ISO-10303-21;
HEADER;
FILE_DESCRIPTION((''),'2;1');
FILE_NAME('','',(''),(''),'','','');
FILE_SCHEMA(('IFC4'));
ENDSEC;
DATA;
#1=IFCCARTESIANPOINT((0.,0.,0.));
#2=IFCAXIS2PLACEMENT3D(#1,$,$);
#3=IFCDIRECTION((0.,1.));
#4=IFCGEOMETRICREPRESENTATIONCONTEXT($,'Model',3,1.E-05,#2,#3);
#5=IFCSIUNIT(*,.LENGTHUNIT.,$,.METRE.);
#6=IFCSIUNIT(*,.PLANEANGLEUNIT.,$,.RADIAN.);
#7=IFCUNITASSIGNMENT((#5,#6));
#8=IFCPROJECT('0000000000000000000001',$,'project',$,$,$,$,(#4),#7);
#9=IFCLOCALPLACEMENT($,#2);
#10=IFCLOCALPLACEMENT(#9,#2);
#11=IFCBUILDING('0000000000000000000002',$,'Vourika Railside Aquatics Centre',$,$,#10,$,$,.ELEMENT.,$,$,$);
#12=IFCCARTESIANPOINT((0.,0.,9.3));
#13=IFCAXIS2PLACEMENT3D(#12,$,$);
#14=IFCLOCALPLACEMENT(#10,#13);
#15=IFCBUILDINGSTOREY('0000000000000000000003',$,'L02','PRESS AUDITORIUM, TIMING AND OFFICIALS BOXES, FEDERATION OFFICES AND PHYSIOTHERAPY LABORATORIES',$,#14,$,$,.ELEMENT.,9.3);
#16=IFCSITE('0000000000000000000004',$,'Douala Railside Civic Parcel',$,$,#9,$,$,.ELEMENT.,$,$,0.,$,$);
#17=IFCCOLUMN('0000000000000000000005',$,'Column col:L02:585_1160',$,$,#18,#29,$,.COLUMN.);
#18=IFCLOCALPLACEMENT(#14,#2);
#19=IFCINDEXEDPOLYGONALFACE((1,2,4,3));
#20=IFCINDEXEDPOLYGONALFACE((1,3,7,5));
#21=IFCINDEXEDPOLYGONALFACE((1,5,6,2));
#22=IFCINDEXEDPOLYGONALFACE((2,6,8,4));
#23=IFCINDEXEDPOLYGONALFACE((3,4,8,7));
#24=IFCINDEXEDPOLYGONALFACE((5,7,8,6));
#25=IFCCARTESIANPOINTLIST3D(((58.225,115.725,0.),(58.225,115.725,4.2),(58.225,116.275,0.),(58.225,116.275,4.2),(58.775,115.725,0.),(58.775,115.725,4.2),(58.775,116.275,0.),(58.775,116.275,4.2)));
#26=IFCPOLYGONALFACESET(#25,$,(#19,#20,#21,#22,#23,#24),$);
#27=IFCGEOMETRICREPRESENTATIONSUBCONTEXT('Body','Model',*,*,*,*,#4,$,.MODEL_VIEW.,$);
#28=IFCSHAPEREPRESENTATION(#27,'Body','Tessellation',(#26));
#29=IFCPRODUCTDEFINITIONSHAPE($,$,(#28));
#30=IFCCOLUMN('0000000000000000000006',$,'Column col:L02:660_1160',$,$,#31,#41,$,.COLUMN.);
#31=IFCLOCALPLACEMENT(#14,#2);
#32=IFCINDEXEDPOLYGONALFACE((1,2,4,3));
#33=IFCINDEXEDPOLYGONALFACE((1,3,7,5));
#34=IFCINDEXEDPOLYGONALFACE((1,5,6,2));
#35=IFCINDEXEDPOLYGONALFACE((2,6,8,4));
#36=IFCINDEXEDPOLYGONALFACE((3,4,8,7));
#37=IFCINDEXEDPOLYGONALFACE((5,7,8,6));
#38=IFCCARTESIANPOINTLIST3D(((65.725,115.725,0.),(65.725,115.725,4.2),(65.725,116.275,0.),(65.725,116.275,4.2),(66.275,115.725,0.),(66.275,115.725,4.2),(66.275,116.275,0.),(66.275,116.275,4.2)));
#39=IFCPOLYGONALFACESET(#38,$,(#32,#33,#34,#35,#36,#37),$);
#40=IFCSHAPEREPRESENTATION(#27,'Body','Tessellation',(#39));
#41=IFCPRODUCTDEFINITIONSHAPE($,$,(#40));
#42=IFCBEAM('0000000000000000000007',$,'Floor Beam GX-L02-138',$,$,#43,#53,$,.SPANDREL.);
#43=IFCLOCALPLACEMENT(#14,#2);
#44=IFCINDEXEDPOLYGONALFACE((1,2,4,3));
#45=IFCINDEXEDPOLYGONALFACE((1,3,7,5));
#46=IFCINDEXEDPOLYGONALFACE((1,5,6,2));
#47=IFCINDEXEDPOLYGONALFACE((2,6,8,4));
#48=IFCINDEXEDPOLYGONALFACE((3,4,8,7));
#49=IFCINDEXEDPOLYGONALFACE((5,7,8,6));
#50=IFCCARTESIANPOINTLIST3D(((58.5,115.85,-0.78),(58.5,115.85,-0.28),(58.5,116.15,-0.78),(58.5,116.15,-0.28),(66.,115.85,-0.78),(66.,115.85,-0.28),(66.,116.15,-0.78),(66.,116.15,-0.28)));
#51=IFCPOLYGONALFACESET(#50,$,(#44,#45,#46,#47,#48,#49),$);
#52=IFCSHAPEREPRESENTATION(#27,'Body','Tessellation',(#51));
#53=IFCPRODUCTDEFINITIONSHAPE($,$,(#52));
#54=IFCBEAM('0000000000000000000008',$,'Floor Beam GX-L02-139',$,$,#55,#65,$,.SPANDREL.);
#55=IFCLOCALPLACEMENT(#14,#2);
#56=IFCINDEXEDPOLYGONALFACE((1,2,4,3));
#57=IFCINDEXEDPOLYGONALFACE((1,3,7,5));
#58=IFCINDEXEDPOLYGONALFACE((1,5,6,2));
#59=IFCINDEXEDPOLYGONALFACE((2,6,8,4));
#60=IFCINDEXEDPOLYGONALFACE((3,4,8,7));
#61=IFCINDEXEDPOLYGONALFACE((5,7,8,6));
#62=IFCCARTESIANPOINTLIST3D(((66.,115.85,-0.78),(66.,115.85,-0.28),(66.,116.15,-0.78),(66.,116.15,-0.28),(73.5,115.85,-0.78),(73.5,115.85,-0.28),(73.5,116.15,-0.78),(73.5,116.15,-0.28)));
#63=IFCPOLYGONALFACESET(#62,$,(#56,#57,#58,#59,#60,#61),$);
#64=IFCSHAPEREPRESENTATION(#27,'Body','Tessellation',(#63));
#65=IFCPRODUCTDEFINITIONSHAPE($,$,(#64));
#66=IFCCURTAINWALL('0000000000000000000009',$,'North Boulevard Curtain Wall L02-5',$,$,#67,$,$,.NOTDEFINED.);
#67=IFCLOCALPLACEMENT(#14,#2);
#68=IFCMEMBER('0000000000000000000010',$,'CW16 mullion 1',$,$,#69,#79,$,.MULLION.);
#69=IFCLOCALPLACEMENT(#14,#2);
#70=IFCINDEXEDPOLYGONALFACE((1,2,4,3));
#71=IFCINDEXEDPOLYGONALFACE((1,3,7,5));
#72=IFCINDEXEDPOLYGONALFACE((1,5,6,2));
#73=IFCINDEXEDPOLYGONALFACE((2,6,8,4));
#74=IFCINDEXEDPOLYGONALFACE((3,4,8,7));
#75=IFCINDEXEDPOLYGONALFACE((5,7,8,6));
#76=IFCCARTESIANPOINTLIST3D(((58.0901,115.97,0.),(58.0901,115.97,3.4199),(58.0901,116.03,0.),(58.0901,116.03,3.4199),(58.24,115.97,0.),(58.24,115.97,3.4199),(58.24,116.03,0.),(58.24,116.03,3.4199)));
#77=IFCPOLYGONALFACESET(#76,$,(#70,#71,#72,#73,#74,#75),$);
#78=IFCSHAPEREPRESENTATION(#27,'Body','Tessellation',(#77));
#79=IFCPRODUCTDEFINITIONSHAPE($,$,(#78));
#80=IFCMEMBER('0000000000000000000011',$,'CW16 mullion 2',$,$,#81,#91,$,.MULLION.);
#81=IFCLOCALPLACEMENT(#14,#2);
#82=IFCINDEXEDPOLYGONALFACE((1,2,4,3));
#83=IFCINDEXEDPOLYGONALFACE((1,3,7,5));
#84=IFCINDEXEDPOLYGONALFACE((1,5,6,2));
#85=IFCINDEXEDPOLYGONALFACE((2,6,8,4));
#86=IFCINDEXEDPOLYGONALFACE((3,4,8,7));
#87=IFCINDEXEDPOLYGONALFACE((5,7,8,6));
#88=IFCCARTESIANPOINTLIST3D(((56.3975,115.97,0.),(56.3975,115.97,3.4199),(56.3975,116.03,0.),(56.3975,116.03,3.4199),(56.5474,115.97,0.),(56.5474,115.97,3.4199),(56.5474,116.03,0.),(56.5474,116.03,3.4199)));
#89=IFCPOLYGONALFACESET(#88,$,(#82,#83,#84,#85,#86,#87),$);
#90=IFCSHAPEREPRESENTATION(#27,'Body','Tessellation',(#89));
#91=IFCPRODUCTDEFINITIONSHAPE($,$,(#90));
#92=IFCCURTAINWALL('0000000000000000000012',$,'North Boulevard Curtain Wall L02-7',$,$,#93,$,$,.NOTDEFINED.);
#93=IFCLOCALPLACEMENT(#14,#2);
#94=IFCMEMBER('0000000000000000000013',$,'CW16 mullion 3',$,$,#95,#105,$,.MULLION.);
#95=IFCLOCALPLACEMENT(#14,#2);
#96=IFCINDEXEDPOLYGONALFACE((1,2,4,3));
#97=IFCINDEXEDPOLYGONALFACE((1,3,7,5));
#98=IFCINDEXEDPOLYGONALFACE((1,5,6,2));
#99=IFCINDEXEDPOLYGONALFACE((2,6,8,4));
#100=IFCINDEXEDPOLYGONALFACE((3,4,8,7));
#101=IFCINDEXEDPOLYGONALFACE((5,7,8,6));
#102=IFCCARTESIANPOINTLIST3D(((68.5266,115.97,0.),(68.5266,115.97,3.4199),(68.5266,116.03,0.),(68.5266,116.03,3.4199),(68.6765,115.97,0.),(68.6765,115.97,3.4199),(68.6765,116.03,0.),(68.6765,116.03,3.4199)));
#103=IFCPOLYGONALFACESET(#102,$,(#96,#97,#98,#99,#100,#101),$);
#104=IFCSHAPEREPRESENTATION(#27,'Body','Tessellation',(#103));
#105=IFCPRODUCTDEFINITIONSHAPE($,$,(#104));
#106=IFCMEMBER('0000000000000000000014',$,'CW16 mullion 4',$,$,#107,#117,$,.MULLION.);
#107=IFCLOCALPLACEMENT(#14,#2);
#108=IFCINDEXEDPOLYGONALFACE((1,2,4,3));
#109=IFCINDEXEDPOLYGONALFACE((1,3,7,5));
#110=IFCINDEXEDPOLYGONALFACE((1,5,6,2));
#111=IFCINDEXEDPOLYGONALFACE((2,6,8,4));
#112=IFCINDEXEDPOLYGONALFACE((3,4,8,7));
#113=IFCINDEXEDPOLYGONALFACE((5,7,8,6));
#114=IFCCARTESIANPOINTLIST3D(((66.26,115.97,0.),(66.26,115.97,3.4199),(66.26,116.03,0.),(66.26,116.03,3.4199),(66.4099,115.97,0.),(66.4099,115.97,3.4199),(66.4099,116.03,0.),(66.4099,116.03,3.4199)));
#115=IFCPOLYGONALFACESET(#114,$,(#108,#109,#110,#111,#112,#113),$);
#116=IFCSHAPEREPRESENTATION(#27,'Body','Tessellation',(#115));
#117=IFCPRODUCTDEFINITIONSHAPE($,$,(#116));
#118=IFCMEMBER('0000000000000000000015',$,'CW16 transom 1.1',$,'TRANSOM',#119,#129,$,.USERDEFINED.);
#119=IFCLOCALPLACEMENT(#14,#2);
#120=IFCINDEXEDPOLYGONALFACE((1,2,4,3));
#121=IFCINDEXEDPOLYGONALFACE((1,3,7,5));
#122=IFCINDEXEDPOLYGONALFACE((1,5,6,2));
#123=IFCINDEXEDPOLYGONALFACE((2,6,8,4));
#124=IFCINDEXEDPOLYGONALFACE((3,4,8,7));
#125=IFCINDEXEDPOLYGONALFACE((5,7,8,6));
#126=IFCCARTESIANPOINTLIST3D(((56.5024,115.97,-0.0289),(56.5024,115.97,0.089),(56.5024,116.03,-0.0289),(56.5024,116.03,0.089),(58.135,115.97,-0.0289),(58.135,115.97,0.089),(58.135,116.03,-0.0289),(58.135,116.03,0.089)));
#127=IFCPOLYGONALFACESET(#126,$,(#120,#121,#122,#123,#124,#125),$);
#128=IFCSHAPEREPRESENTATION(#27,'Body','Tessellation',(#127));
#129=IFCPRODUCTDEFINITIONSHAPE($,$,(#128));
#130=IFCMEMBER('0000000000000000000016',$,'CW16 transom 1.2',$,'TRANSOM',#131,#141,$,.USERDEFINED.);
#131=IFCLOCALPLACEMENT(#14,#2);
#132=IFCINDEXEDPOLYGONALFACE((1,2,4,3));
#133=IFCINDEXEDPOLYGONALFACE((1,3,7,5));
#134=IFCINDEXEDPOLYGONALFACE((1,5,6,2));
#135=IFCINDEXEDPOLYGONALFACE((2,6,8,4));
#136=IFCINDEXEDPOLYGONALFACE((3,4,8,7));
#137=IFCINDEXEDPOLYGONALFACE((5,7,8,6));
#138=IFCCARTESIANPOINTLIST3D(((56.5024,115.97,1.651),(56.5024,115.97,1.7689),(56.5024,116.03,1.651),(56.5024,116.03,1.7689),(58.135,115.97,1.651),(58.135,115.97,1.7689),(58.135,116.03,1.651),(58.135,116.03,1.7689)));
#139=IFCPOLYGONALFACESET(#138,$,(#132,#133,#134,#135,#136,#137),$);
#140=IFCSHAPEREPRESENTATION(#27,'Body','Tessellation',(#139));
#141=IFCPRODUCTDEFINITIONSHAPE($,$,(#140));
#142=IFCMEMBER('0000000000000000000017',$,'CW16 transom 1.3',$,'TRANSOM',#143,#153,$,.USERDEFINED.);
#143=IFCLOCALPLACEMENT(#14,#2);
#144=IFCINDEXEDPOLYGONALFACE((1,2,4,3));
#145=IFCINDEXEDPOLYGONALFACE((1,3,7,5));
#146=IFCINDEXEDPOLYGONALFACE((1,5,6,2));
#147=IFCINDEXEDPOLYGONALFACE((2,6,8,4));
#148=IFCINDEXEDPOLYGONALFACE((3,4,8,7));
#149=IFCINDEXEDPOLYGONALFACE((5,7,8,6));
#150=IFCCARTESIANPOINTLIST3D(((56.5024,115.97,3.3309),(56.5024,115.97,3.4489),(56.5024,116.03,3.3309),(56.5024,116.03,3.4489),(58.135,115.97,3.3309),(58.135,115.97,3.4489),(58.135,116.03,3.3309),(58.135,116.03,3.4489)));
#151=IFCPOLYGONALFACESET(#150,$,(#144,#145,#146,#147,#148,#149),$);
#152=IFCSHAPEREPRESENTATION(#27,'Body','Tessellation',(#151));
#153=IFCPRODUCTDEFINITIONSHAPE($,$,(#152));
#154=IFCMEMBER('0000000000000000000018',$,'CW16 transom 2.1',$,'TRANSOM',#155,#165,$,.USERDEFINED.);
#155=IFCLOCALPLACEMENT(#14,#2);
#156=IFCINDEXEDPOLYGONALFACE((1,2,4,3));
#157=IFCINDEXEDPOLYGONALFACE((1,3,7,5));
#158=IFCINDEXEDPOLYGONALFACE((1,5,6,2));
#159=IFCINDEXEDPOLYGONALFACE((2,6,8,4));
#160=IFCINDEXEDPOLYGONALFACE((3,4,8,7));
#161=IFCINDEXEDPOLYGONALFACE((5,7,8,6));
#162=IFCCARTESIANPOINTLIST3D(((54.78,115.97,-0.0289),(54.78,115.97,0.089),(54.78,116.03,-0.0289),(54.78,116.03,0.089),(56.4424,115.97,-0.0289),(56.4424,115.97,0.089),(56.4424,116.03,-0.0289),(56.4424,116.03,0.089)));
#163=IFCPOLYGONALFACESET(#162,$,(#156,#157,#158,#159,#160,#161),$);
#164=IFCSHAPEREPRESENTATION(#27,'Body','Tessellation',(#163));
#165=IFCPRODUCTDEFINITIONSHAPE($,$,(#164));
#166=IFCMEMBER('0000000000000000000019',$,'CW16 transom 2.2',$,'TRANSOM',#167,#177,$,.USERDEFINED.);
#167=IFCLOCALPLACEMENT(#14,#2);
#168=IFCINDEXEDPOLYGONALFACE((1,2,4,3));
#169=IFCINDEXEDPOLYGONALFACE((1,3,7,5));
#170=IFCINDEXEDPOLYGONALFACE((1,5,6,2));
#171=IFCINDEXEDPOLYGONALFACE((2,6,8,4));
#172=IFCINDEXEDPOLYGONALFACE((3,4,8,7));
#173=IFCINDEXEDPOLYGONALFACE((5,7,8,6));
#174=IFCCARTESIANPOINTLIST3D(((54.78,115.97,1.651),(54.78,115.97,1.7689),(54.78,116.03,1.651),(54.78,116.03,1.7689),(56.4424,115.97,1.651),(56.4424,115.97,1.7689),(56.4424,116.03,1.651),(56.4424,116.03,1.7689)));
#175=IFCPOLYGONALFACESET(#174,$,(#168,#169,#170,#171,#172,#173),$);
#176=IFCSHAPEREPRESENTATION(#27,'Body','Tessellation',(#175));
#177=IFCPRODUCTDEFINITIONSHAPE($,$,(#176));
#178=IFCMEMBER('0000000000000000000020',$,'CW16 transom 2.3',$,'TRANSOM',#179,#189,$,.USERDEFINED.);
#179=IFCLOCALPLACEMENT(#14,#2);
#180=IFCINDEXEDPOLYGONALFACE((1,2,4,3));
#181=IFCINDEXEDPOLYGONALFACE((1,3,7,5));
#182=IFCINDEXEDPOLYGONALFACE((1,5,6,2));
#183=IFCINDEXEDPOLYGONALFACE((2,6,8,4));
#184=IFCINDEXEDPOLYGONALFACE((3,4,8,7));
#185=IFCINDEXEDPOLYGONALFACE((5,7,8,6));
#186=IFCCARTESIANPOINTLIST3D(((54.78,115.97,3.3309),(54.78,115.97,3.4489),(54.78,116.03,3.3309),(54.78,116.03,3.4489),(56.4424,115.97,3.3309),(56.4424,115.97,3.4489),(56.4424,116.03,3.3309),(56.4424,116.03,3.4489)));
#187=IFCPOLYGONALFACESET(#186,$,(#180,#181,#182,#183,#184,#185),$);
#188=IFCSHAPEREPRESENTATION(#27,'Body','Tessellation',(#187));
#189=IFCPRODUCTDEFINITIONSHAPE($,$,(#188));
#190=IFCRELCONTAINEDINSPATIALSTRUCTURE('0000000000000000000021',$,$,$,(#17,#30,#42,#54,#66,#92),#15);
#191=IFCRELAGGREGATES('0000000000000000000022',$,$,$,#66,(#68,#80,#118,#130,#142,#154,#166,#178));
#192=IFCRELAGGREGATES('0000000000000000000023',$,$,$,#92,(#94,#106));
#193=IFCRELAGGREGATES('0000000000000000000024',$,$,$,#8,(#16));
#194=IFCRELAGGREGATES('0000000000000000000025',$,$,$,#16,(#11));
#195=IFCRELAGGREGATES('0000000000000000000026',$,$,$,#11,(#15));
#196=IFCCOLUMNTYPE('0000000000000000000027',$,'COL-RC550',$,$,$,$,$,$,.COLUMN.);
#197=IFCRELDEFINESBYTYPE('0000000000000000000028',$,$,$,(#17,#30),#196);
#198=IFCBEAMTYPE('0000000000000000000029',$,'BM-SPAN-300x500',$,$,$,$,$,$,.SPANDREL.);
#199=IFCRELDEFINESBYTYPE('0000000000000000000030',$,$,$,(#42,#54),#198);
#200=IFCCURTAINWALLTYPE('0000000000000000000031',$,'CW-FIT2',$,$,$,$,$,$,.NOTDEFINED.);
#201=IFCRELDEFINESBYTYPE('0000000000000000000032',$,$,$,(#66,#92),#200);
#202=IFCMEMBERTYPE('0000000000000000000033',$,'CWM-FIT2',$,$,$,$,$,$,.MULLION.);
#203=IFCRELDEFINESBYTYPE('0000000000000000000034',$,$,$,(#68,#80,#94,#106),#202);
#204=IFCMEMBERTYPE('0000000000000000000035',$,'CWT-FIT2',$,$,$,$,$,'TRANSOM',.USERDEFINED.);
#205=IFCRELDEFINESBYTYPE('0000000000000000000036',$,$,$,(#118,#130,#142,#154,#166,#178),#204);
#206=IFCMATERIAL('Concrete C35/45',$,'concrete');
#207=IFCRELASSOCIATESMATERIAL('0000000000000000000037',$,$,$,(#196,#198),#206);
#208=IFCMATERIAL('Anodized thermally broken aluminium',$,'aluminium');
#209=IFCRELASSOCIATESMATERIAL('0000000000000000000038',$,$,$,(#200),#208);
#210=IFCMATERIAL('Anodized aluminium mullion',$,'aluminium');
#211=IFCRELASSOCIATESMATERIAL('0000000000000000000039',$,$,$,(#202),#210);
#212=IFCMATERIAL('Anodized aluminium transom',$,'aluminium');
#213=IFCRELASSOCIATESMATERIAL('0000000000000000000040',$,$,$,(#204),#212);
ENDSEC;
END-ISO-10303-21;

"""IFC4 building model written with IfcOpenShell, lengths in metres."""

from ifc_helpers import new_model, si_unit, direction, frame, origin, origin_2d, place, context, subcontext, project, spatial, rectangle, extrude, material, material_profile, profile_set, type_object, element, aggregate, save


model = new_model("IFC4")

# Units and contexts
model_context = context("Model", 3, precision=1e-05, world=origin(), true_north=direction((0.0, 1.0)))
body_context = subcontext(model_context, "Body", "Model", "MODEL_VIEW")
ifc_project = project(units=[si_unit("LENGTHUNIT", "METRE"), si_unit("PLANEANGLEUNIT", "RADIAN")], contexts=[model_context])

# Site, building, storey
site_placement = place(None, origin())
site = spatial("IfcSite", under=ifc_project, at=site_placement, Name="Douala Railside Civic Parcel", CompositionType="ELEMENT", RefElevation=0.0)
building_placement = place(site_placement, origin())
building = spatial("IfcBuilding", under=site, at=building_placement, Name="Vourika Railside Aquatics Centre", CompositionType="ELEMENT")
storey_placement = place(building_placement, frame((0.0, 0.0, 9.3)))
storey = spatial("IfcBuildingStorey", under=building, at=storey_placement, Name="L02", Description="PRESS AUDITORIUM, TIMING AND OFFICIALS BOXES, FEDERATION OFFICES AND PHYSIOTHERAPY LABORATORIES", CompositionType="ELEMENT", Elevation=9.3)

# Columns
ifc_material_1 = material(Name="Concrete C35/45", Category="concrete")
ifc_material_profile_1 = material_profile(ifc_material_1, rectangle(XDim=0.55, YDim=0.55, at=origin_2d()), Name="RC 550x550")
ifc_profile_set_1 = profile_set([ifc_material_profile_1], Name="Concrete C35/45")
column_type = type_object("IfcColumnType", Name="COL-RC550", PredefinedType="COLUMN", material=ifc_profile_set_1)
for number, where, z_axis, x_axis, name in (
    (1, (58.5, 116.0, 0.0), (0.0, 0.0, 1.0), (1.0, 0.0, 0.0), "Column col:L02:585_1160"),
    (2, (66.0, 116.0, 0.0), (0.0, 0.0, 1.0), (1.0, 0.0, 0.0), "Column col:L02:660_1160"),
):
    element("IfcColumn", number, at=place(storey_placement, frame(where, z_axis=z_axis, x_axis=x_axis)), inside=storey, type_object=column_type, Name=name, PredefinedType="COLUMN", context=body_context, shape_type="SweptSolid", body=[
        extrude(rectangle(XDim=0.55, YDim=0.55, at=origin_2d()), origin(), (0.0, 0.0, 1.0), 4.2),
    ])

# Beams
ifc_material_profile_2 = material_profile(ifc_material_1, rectangle(XDim=0.3, YDim=0.5, at=origin_2d()), Name="RC 300x500")
ifc_profile_set_2 = profile_set([ifc_material_profile_2], Name="Concrete C35/45")
beam_type = type_object("IfcBeamType", Name="BM-SPAN-300x500", PredefinedType="SPANDREL", material=ifc_profile_set_2)
for number, where, z_axis, x_axis, name in (
    (3, (58.5, 116.0, -0.53), (1.0, 0.0, 0.0), (0.0, 1.0, 0.0), "Floor Beam GX-L02-138"),
    (4, (66.0, 116.0, -0.53), (1.0, 0.0, 0.0), (0.0, 1.0, 0.0), "Floor Beam GX-L02-139"),
):
    element("IfcBeam", number, at=place(storey_placement, frame(where, z_axis=z_axis, x_axis=x_axis)), inside=storey, type_object=beam_type, Name=name, PredefinedType="SPANDREL", context=body_context, shape_type="SweptSolid", body=[
        extrude(rectangle(XDim=0.3, YDim=0.5, at=origin_2d()), origin(), (0.0, 0.0, 1.0), 7.5),
    ])

# Curtain walls, members
ifc_material_2 = material(Name="Anodized thermally broken aluminium", Category="aluminium")
curtain_wall_type = type_object("IfcCurtainWallType", Name="CW-FIT2", PredefinedType="NOTDEFINED", material=ifc_material_2)
curtain_wall_1_placement = place(storey_placement, origin())
curtain_wall_1 = element("IfcCurtainWall", 5, at=curtain_wall_1_placement, inside=storey, type_object=curtain_wall_type, Name="North Boulevard Curtain Wall L02-5", PredefinedType="NOTDEFINED")
ifc_material_3 = material(Name="Anodized aluminium mullion", Category="aluminium")
ifc_material_profile_3 = material_profile(ifc_material_3, rectangle(XDim=0.0601, YDim=0.1499, at=origin_2d()), Name="ALU-M 60x150")
ifc_profile_set_3 = profile_set([ifc_material_profile_3], Name="Anodized aluminium mullion")
member_type_1 = type_object("IfcMemberType", Name="CWM-FIT2", PredefinedType="MULLION", material=ifc_profile_set_3)
member_1_placement = place(storey_placement, frame((58.165, 116.0, 0.0), z_axis=(0.0, 0.0, 1.0), x_axis=(0.0, -1.0, 0.0)))
member_1 = element("IfcMember", 6, at=member_1_placement, type_object=member_type_1, Name="CW16 mullion 1", PredefinedType="MULLION", context=body_context, shape_type="SweptSolid", body=[
    extrude(rectangle(XDim=0.0601, YDim=0.1499, at=origin_2d()), origin(), (0.0, 0.0, 1.0), 3.4199),
])
member_2_placement = place(storey_placement, frame((56.4724, 116.0, 0.0), z_axis=(0.0, 0.0, 1.0), x_axis=(0.0, -1.0, 0.0)))
member_2 = element("IfcMember", 7, at=member_2_placement, type_object=member_type_1, Name="CW16 mullion 2", PredefinedType="MULLION", context=body_context, shape_type="SweptSolid", body=[
    extrude(rectangle(XDim=0.0601, YDim=0.1499, at=origin_2d()), origin(), (0.0, 0.0, 1.0), 3.4199),
])
curtain_wall_2_placement = place(storey_placement, origin())
curtain_wall_2 = element("IfcCurtainWall", 8, at=curtain_wall_2_placement, inside=storey, type_object=curtain_wall_type, Name="North Boulevard Curtain Wall L02-7", PredefinedType="NOTDEFINED")
member_3_placement = place(storey_placement, frame((68.6016, 116.0, 0.0), z_axis=(0.0, 0.0, 1.0), x_axis=(0.0, -1.0, 0.0)))
member_3 = element("IfcMember", 9, at=member_3_placement, type_object=member_type_1, Name="CW16 mullion 3", PredefinedType="MULLION", context=body_context, shape_type="SweptSolid", body=[
    extrude(rectangle(XDim=0.0601, YDim=0.1499, at=origin_2d()), origin(), (0.0, 0.0, 1.0), 3.4199),
])
member_4_placement = place(storey_placement, frame((66.335, 116.0, 0.0), z_axis=(0.0, 0.0, 1.0), x_axis=(0.0, -1.0, 0.0)))
member_4 = element("IfcMember", 10, at=member_4_placement, type_object=member_type_1, Name="CW16 mullion 4", PredefinedType="MULLION", context=body_context, shape_type="SweptSolid", body=[
    extrude(rectangle(XDim=0.0601, YDim=0.1499, at=origin_2d()), origin(), (0.0, 0.0, 1.0), 3.4199),
])

# Members
ifc_material_4 = material(Name="Anodized aluminium transom", Category="aluminium")
ifc_material_profile_4 = material_profile(ifc_material_4, rectangle(XDim=0.0601, YDim=0.1179, at=origin_2d()), Name="ALU-T 60x118")
ifc_profile_set_4 = profile_set([ifc_material_profile_4], Name="Anodized aluminium transom")
member_type_2 = type_object("IfcMemberType", Name="CWT-FIT2", ElementType="TRANSOM", PredefinedType="USERDEFINED", material=ifc_profile_set_4)
member_5_placement = place(storey_placement, frame((58.135, 116.0, 0.03), z_axis=(-1.0, 0.0, 0.0), x_axis=(0.0, -1.0, 0.0)))
member_5 = element("IfcMember", 11, at=member_5_placement, type_object=member_type_2, Name="CW16 transom 1.1", ObjectType="TRANSOM", PredefinedType="USERDEFINED", context=body_context, shape_type="SweptSolid", body=[
    extrude(rectangle(XDim=0.0601, YDim=0.1179, at=origin_2d()), origin(), (0.0, 0.0, 1.0), 1.6326),
])
member_6_placement = place(storey_placement, frame((58.135, 116.0, 1.71), z_axis=(-1.0, 0.0, 0.0), x_axis=(0.0, -1.0, 0.0)))
member_6 = element("IfcMember", 12, at=member_6_placement, type_object=member_type_2, Name="CW16 transom 1.2", ObjectType="TRANSOM", PredefinedType="USERDEFINED", context=body_context, shape_type="SweptSolid", body=[
    extrude(rectangle(XDim=0.0601, YDim=0.1179, at=origin_2d()), origin(), (0.0, 0.0, 1.0), 1.6326),
])
member_7_placement = place(storey_placement, frame((58.135, 116.0, 3.3899), z_axis=(-1.0, 0.0, 0.0), x_axis=(0.0, -1.0, 0.0)))
member_7 = element("IfcMember", 13, at=member_7_placement, type_object=member_type_2, Name="CW16 transom 1.3", ObjectType="TRANSOM", PredefinedType="USERDEFINED", context=body_context, shape_type="SweptSolid", body=[
    extrude(rectangle(XDim=0.0601, YDim=0.1179, at=origin_2d()), origin(), (0.0, 0.0, 1.0), 1.6326),
])
member_8_placement = place(storey_placement, frame((56.4424, 116.0, 0.03), z_axis=(-1.0, 0.0, 0.0), x_axis=(0.0, -1.0, 0.0)))
member_8 = element("IfcMember", 14, at=member_8_placement, type_object=member_type_2, Name="CW16 transom 2.1", ObjectType="TRANSOM", PredefinedType="USERDEFINED", context=body_context, shape_type="SweptSolid", body=[
    extrude(rectangle(XDim=0.0601, YDim=0.1179, at=origin_2d()), origin(), (0.0, 0.0, 1.0), 1.6624),
])
member_9_placement = place(storey_placement, frame((56.4424, 116.0, 1.71), z_axis=(-1.0, 0.0, 0.0), x_axis=(0.0, -1.0, 0.0)))
member_9 = element("IfcMember", 15, at=member_9_placement, type_object=member_type_2, Name="CW16 transom 2.2", ObjectType="TRANSOM", PredefinedType="USERDEFINED", context=body_context, shape_type="SweptSolid", body=[
    extrude(rectangle(XDim=0.0601, YDim=0.1179, at=origin_2d()), origin(), (0.0, 0.0, 1.0), 1.6624),
])
member_10_placement = place(storey_placement, frame((56.4424, 116.0, 3.3899), z_axis=(-1.0, 0.0, 0.0), x_axis=(0.0, -1.0, 0.0)))
member_10 = element("IfcMember", 16, at=member_10_placement, type_object=member_type_2, Name="CW16 transom 2.3", ObjectType="TRANSOM", PredefinedType="USERDEFINED", context=body_context, shape_type="SweptSolid", body=[
    extrude(rectangle(XDim=0.0601, YDim=0.1179, at=origin_2d()), origin(), (0.0, 0.0, 1.0), 1.6624),
])

aggregate(curtain_wall_1, [member_1, member_2, member_5, member_6, member_7, member_8, member_9, member_10])
aggregate(curtain_wall_2, [member_3, member_4])

save(model, "model.ifc")
